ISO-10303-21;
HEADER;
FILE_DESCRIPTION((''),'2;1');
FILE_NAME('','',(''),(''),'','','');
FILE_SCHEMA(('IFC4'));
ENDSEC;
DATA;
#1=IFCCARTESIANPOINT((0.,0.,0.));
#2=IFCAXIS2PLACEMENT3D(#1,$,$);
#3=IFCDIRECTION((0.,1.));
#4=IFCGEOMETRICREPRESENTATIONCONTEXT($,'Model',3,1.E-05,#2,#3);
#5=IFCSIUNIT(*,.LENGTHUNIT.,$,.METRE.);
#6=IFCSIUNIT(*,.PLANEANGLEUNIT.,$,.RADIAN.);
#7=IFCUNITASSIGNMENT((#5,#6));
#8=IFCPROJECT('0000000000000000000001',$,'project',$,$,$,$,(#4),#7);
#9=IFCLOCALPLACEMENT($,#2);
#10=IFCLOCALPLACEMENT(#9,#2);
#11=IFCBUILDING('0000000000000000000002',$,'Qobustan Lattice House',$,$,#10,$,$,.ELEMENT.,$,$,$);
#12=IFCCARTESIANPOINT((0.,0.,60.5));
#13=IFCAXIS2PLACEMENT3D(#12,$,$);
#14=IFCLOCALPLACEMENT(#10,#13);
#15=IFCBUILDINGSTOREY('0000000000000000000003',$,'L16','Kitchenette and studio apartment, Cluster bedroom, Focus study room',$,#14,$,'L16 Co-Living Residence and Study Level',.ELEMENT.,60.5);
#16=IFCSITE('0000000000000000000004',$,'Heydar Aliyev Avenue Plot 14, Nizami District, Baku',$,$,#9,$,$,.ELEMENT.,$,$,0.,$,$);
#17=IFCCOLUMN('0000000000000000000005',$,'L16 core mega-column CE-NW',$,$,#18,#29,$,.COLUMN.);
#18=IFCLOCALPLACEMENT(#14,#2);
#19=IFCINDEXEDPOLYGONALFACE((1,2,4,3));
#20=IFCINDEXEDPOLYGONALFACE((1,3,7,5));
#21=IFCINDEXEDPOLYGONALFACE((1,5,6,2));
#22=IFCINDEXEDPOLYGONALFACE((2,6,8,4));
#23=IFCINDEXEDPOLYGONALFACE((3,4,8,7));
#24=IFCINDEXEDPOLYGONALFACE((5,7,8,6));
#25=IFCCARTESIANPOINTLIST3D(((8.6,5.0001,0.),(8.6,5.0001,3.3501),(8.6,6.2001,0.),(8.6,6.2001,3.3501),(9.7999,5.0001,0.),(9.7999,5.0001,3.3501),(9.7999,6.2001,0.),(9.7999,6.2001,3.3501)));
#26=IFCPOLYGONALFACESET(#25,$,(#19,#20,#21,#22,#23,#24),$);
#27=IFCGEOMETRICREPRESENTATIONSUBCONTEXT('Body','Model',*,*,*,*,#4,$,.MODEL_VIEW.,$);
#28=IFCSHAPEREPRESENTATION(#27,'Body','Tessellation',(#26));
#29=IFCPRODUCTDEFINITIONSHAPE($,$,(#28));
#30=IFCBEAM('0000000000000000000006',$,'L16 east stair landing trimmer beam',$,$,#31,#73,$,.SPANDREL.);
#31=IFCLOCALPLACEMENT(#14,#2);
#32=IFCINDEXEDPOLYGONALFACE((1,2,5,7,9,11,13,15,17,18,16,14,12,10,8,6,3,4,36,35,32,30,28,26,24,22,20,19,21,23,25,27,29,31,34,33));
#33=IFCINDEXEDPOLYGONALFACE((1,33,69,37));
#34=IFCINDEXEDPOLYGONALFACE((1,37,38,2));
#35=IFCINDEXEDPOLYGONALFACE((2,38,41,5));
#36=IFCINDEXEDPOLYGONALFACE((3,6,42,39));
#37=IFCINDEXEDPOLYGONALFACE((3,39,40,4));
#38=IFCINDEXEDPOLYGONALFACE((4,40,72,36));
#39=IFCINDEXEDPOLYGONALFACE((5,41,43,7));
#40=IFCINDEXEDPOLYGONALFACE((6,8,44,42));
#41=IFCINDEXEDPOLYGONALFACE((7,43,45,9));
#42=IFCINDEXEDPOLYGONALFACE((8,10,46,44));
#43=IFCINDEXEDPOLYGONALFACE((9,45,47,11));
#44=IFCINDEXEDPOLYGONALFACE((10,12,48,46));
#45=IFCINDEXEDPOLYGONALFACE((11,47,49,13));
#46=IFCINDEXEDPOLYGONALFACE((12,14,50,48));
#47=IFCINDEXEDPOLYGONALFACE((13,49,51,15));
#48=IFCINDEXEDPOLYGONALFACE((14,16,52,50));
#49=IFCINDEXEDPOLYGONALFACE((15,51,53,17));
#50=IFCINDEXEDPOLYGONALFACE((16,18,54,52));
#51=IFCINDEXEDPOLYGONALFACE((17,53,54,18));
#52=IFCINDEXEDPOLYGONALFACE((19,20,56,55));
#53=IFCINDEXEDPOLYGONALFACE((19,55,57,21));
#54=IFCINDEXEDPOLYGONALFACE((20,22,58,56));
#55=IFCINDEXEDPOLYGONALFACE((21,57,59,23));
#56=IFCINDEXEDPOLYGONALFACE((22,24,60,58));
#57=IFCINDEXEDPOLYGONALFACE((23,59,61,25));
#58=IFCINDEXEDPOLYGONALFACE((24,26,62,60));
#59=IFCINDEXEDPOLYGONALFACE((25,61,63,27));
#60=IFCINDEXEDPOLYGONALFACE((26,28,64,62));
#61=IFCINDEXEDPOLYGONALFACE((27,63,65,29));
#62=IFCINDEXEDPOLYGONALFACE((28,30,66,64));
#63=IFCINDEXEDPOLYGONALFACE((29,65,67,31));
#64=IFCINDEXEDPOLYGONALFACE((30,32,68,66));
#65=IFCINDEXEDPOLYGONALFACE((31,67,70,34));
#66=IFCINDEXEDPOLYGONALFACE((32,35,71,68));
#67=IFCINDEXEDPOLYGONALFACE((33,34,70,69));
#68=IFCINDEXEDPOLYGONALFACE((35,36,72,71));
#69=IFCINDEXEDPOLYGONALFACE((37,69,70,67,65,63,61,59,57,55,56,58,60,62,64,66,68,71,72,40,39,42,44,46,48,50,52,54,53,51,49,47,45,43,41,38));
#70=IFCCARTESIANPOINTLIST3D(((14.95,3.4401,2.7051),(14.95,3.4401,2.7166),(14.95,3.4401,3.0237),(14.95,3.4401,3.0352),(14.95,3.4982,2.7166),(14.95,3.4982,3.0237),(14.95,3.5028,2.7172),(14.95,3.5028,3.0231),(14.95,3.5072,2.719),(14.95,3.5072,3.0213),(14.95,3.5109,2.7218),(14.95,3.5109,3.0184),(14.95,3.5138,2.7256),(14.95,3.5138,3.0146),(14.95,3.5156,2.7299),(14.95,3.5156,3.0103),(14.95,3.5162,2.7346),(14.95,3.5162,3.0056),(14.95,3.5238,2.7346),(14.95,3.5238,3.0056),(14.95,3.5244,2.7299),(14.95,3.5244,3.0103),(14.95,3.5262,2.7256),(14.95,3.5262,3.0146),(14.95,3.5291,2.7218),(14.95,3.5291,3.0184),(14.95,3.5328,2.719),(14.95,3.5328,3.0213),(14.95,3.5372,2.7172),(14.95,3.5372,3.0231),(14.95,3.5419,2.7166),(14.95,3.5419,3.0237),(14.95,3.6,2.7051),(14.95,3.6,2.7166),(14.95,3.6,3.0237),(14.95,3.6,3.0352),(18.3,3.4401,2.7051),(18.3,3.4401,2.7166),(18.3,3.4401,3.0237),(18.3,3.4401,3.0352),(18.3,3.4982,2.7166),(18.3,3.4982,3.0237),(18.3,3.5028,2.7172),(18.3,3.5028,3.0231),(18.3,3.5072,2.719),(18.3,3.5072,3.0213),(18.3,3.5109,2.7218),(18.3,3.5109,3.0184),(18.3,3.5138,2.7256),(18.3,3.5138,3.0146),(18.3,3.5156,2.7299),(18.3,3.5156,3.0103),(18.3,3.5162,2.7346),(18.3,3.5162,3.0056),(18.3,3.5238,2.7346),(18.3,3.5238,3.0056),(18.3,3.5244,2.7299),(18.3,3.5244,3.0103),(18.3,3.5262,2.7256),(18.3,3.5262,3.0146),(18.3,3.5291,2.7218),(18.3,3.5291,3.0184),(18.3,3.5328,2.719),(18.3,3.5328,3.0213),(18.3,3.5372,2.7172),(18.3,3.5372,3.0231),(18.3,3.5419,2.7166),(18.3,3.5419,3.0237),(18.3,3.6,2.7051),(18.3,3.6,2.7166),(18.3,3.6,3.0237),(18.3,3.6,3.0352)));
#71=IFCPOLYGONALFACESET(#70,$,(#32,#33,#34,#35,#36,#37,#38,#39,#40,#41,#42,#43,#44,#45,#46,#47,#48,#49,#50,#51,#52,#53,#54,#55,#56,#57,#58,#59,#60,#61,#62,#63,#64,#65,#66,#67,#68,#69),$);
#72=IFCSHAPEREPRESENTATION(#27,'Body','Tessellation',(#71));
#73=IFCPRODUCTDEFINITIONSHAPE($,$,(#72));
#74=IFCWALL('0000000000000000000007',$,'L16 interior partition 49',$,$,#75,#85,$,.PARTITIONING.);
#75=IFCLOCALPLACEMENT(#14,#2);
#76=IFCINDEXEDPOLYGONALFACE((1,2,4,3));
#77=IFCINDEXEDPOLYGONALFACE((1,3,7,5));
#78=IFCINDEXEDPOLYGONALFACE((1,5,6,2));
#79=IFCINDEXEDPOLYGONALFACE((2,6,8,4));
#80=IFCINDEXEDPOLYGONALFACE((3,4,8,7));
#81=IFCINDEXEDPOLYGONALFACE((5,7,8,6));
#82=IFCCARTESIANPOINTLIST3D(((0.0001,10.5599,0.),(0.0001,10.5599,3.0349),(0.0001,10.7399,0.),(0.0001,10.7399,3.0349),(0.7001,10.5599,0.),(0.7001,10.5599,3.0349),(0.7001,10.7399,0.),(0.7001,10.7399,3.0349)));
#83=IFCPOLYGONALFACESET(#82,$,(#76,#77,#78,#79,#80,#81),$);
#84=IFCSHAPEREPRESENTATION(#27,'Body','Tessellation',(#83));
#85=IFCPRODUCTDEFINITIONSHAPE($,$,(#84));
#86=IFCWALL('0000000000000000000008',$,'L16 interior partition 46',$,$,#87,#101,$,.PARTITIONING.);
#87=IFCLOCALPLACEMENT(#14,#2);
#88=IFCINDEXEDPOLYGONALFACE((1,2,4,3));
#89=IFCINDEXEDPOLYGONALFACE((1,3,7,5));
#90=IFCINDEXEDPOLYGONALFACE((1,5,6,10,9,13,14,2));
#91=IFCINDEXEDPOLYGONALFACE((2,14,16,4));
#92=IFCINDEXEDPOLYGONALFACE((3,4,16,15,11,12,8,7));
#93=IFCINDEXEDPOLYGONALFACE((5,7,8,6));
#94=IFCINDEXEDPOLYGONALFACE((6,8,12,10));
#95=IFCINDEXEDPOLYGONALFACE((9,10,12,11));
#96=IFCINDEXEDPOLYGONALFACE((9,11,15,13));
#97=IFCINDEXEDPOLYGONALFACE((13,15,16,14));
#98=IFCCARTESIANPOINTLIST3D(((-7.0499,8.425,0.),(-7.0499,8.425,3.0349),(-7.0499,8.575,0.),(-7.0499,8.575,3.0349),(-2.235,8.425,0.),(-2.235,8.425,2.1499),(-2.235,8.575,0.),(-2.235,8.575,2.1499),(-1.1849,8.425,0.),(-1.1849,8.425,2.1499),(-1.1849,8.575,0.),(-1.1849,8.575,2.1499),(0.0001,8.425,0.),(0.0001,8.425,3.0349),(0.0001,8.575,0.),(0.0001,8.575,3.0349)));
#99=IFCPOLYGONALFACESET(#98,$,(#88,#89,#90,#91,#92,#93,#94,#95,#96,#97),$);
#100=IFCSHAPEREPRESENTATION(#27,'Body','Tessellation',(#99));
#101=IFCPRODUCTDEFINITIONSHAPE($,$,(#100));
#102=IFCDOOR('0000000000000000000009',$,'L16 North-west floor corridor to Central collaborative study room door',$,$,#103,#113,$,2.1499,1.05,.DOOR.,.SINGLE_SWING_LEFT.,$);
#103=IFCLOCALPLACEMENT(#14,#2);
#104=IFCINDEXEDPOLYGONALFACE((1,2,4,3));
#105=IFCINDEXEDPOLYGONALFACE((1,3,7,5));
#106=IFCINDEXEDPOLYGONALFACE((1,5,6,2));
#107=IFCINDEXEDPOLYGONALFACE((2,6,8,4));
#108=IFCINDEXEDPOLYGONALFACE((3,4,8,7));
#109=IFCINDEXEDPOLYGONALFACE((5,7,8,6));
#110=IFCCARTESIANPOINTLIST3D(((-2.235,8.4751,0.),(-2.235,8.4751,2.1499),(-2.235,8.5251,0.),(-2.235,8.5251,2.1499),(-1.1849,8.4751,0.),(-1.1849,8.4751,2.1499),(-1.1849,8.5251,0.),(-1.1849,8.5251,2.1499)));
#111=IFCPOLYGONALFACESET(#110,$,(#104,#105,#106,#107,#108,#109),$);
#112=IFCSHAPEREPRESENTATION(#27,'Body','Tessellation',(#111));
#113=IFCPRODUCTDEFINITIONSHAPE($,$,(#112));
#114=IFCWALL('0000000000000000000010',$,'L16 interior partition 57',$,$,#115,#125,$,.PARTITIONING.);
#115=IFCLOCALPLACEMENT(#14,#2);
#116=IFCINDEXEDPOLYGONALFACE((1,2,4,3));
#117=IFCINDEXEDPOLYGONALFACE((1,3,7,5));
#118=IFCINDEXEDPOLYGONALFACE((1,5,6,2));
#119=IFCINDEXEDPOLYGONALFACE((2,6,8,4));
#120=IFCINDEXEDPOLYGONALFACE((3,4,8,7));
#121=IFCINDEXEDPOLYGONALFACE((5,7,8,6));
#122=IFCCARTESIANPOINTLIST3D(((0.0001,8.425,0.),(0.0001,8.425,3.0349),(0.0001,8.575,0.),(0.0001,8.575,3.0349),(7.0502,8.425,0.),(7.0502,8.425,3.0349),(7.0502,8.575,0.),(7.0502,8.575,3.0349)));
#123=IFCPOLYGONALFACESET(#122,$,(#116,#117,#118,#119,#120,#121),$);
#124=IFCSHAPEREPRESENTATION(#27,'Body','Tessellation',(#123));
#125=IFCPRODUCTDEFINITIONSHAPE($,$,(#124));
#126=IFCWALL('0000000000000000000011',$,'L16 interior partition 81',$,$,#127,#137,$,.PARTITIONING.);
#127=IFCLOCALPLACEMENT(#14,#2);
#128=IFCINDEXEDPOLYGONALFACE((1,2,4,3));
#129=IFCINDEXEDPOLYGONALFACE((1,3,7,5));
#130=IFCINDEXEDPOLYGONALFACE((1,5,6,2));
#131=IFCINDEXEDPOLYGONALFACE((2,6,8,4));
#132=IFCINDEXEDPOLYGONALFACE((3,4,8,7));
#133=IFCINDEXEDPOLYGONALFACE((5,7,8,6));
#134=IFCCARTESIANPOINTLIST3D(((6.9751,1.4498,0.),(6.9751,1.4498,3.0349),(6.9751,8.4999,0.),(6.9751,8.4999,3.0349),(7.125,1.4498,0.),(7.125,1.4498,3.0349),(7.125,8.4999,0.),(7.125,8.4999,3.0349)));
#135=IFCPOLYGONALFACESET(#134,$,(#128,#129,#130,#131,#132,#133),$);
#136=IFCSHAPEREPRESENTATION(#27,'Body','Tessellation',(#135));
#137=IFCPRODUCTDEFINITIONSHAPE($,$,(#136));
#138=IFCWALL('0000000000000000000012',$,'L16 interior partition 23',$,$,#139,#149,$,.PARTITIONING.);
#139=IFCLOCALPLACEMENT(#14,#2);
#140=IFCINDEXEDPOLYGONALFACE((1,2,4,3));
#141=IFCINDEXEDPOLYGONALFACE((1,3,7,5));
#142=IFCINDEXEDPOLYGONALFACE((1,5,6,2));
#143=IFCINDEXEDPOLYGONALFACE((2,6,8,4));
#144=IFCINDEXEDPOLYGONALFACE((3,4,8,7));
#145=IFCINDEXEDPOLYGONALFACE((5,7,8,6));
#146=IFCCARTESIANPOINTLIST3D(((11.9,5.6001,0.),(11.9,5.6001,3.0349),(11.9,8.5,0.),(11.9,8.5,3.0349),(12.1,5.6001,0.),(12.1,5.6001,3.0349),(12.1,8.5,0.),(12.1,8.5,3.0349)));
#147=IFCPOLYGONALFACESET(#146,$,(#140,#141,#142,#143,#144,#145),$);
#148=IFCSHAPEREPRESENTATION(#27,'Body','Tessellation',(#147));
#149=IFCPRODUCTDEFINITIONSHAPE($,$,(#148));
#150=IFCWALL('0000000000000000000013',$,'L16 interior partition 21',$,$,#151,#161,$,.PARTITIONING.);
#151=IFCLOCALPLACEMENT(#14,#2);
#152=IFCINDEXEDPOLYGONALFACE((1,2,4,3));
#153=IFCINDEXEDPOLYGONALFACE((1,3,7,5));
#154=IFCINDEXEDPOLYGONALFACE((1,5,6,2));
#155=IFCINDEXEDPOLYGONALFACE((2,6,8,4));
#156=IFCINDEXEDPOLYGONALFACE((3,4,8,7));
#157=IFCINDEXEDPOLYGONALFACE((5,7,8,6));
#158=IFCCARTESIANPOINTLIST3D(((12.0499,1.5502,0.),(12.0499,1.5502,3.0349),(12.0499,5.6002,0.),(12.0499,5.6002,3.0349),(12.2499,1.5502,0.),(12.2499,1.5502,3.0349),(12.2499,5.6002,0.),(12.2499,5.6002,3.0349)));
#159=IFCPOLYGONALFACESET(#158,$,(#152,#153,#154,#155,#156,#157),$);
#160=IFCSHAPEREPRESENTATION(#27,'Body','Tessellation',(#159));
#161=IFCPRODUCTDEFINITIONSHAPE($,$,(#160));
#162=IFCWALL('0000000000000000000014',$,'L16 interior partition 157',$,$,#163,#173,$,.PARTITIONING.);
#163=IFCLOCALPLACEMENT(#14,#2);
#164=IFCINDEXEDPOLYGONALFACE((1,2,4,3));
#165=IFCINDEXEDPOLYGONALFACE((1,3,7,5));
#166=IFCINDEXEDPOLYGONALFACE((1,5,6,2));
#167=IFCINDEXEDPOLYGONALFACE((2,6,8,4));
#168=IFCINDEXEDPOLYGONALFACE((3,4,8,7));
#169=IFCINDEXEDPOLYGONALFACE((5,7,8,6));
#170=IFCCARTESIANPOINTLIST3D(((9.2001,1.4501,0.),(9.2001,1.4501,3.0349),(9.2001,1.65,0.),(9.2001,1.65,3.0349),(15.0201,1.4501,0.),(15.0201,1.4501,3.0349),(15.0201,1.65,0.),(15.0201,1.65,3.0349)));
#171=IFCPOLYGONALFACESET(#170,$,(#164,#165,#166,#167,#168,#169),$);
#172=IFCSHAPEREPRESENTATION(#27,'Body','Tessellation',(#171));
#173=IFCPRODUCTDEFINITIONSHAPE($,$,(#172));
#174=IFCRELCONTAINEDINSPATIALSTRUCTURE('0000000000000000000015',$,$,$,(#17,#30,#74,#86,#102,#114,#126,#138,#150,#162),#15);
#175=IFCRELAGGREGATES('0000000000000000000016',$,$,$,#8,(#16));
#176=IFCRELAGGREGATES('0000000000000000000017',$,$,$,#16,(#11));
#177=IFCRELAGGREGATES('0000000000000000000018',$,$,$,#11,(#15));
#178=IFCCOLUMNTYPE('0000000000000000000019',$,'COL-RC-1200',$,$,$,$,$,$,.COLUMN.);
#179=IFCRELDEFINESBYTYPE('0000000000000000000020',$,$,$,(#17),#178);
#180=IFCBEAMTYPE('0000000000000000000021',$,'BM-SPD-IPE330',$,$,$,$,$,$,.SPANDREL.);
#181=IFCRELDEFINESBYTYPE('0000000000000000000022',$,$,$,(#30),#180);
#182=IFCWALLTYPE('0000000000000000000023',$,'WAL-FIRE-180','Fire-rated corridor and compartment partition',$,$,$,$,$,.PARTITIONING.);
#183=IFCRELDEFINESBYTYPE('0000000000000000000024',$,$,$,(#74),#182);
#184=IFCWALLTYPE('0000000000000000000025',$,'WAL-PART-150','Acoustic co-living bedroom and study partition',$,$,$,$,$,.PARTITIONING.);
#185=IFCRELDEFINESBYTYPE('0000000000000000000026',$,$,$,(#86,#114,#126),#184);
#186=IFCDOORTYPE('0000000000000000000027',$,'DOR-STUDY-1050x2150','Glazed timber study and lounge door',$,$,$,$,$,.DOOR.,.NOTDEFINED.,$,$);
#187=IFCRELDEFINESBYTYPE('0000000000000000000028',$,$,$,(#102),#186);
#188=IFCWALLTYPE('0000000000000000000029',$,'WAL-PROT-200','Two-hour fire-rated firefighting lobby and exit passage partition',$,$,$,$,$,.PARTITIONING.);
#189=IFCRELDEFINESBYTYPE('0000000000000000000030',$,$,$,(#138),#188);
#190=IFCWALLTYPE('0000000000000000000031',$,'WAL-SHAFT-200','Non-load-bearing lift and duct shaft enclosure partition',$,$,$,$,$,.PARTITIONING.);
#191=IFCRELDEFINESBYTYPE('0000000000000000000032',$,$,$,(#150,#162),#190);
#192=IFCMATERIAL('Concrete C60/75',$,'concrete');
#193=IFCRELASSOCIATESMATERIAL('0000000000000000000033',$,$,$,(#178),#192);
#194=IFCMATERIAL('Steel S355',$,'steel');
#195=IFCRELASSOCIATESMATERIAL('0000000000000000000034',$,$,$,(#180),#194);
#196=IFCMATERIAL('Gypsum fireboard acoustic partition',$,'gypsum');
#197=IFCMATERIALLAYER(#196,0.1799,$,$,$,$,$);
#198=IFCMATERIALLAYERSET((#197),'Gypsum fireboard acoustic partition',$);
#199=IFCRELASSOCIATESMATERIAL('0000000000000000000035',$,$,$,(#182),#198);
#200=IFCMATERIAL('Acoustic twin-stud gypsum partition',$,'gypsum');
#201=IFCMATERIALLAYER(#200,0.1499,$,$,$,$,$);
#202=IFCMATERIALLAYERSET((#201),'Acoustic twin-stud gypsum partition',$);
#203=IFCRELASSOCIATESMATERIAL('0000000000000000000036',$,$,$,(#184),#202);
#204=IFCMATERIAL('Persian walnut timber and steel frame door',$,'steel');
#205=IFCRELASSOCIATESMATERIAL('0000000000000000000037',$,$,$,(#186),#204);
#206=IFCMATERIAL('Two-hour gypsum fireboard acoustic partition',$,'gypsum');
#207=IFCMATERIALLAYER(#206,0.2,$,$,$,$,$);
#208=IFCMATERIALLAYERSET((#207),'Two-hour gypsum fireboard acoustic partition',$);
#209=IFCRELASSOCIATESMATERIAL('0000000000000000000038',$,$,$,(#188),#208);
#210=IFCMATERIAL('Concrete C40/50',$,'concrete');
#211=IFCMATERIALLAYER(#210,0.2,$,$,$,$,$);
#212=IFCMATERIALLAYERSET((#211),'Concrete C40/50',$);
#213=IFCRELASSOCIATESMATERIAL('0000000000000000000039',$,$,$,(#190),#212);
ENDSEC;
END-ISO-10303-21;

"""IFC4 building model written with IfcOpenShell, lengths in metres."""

from ifc_helpers import new_model, si_unit, direction, frame, frame_2d, origin, origin_2d, place, context, subcontext, project, spatial, rectangle, i_section, extrude, material, layer, layer_set, material_profile, profile_set, type_object, element, fill, save


model = new_model("IFC4")

# Units and contexts
model_context = context("Model", 3, precision=1e-05, world=origin(), true_north=direction((0.0, 1.0)))
body_context = subcontext(model_context, "Body", "Model", "MODEL_VIEW")
ifc_project = project(units=[si_unit("LENGTHUNIT", "METRE"), si_unit("PLANEANGLEUNIT", "RADIAN")], contexts=[model_context])

# Site, building, storey
site_placement = place(None, origin())
site = spatial("IfcSite", under=ifc_project, at=site_placement, Name="Heydar Aliyev Avenue Plot 14, Nizami District, Baku", CompositionType="ELEMENT", RefElevation=0.0)
building_placement = place(site_placement, origin())
building = spatial("IfcBuilding", under=site, at=building_placement, Name="Qobustan Lattice House", CompositionType="ELEMENT")
storey_placement = place(building_placement, frame((0.0, 0.0, 60.5)))
storey = spatial("IfcBuildingStorey", under=building, at=storey_placement, Name="L16", Description="Kitchenette and studio apartment, Cluster bedroom, Focus study room", LongName="L16 Co-Living Residence and Study Level", CompositionType="ELEMENT", Elevation=60.5)

# Column
ifc_material_1 = material(Name="Concrete C60/75", Category="concrete")
ifc_material_profile_1 = material_profile(ifc_material_1, rectangle(XDim=1.2, YDim=1.2, at=origin_2d()), Name="RC1200x1200")
ifc_profile_set_1 = profile_set([ifc_material_profile_1], Name="Concrete C60/75")
column_type = type_object("IfcColumnType", Name="COL-RC-1200", PredefinedType="COLUMN", material=ifc_profile_set_1)
column_placement = place(storey_placement, frame((9.2, 5.6001, 0.0), z_axis=(0.0, 0.0, 1.0), x_axis=(1.0, 0.0, 0.0)))
element("IfcColumn", 1, at=column_placement, inside=storey, type_object=column_type, Name="L16 core mega-column CE-NW", PredefinedType="COLUMN", context=body_context, shape_type="SweptSolid", body=[
    extrude(rectangle(XDim=1.2, YDim=1.2, at=origin_2d()), origin(), (0.0, 0.0, 1.0), 3.3501),
])

# Beam
ifc_material_2 = material(Name="Steel S355", Category="steel")
ifc_material_profile_2 = material_profile(ifc_material_2, i_section(OverallWidth=0.1599, OverallDepth=0.3301, WebThickness=0.0076, FlangeThickness=0.0115, FilletRadius=0.0181, at=origin_2d()), Name="IPE330")
ifc_profile_set_2 = profile_set([ifc_material_profile_2], Name="Steel S355")
beam_type = type_object("IfcBeamType", Name="BM-SPD-IPE330", PredefinedType="SPANDREL", material=ifc_profile_set_2)
beam_placement = place(storey_placement, frame((14.95, 3.52, 2.8701), z_axis=(1.0, 0.0, 0.0), x_axis=(0.0, 1.0, 0.0)))
element("IfcBeam", 2, at=beam_placement, inside=storey, type_object=beam_type, Name="L16 east stair landing trimmer beam", PredefinedType="SPANDREL", context=body_context, shape_type="SweptSolid", body=[
    extrude(i_section(OverallWidth=0.1599, OverallDepth=0.3301, WebThickness=0.0076, FlangeThickness=0.0115, FilletRadius=0.0181, at=origin_2d()), origin(), (0.0, 0.0, 1.0), 3.3501),
])

# Wall
ifc_material_3 = material(Name="Gypsum fireboard acoustic partition", Category="gypsum")
ifc_layer_1 = layer(ifc_material_3, 0.1799)
ifc_layer_set_1 = layer_set([ifc_layer_1], Name="Gypsum fireboard acoustic partition")
wall_type_1 = type_object("IfcWallType", Name="WAL-FIRE-180", Description="Fire-rated corridor and compartment partition", PredefinedType="PARTITIONING", material=ifc_layer_set_1)
wall_1_placement = place(storey_placement, frame((0.0, 10.6499, 0.0), z_axis=(0.0, 0.0, 1.0), x_axis=(1.0, 0.0, 0.0)))
element("IfcWall", 3, at=wall_1_placement, inside=storey, type_object=wall_type_1, Name="L16 interior partition 49", PredefinedType="PARTITIONING", context=body_context, shape_type="SweptSolid", body=[
    extrude(rectangle(XDim=0.7, YDim=0.1799, at=frame_2d((0.3501, 0.0))), origin(), (0.0, 0.0, 1.0), 3.0349),
])

# Wall, opening, door
ifc_material_4 = material(Name="Acoustic twin-stud gypsum partition", Category="gypsum")
ifc_layer_2 = layer(ifc_material_4, 0.1499)
ifc_layer_set_2 = layer_set([ifc_layer_2], Name="Acoustic twin-stud gypsum partition")
wall_type_2 = type_object("IfcWallType", Name="WAL-PART-150", Description="Acoustic co-living bedroom and study partition", PredefinedType="PARTITIONING", material=ifc_layer_set_2)
wall_2_placement = place(storey_placement, frame((0.0, 8.5, 0.0), z_axis=(0.0, 0.0, 1.0), x_axis=(-1.0, 0.0, 0.0)))
wall_2 = element("IfcWall", 4, at=wall_2_placement, inside=storey, type_object=wall_type_2, Name="L16 interior partition 46", PredefinedType="PARTITIONING", context=body_context, shape_type="SweptSolid", body=[
    extrude(rectangle(XDim=7.05, YDim=0.1499, at=frame_2d((3.5249, 0.0))), origin(), (0.0, 0.0, 1.0), 3.0349),
])
opening_1_placement = place(wall_2_placement, frame((1.1851, 0.0, 0.0)))
opening_1 = element("IfcOpeningElement", 5, at=opening_1_placement, cuts=wall_2, PredefinedType="OPENING", context=body_context, shape_type="SweptSolid", body=[
    extrude(rectangle(XDim=1.05, YDim=2.1499, at=frame_2d((0.5249, 1.075))), frame((0.0, 0.085, 0.0), z_axis=(0.0, -1.0, 0.0), x_axis=(1.0, 0.0, 0.0)), (0.0, 0.0, 1.0), 0.1699),
])
ifc_material_5 = material(Name="Persian walnut timber and steel frame door", Category="steel")
door_type_1 = type_object("IfcDoorType", Name="DOR-STUDY-1050x2150", Description="Glazed timber study and lounge door", OperationType="NOTDEFINED", PredefinedType="DOOR", material=ifc_material_5)
door_1_placement = place(opening_1_placement, origin())
door_1 = element("IfcDoor", 6, at=door_1_placement, inside=storey, type_object=door_type_1, Name="L16 North-west floor corridor to Central collaborative study room door", OperationType="SINGLE_SWING_LEFT", OverallHeight=2.1499, OverallWidth=1.05, PredefinedType="DOOR", context=body_context, shape_type="SweptSolid", body=[
    extrude(rectangle(XDim=1.05, YDim=2.1499, at=frame_2d((0.5249, 1.075))), frame((0.0, 0.0249, 0.0), z_axis=(0.0, -1.0, 0.0), x_axis=(1.0, 0.0, 0.0)), (0.0, 0.0, 1.0), 0.05),
])
fill(opening_1, door_1)

# Walls
for number, where, z_axis, x_axis, name in (
    (7, (7.05, 8.5, 0.0), (0.0, 0.0, 1.0), (-1.0, 0.0, 0.0), "L16 interior partition 57"),
    (8, (7.05, 1.45, 0.0), (0.0, 0.0, 1.0), (0.0, 1.0, 0.0), "L16 interior partition 81"),
):
    element("IfcWall", number, at=place(storey_placement, frame(where, z_axis=z_axis, x_axis=x_axis)), inside=storey, type_object=wall_type_2, Name=name, PredefinedType="PARTITIONING", context=body_context, shape_type="SweptSolid", body=[
        extrude(rectangle(XDim=7.05, YDim=0.1499, at=frame_2d((3.5249, 0.0))), origin(), (0.0, 0.0, 1.0), 3.0349),
    ])
ifc_material_6 = material(Name="Two-hour gypsum fireboard acoustic partition", Category="gypsum")
ifc_layer_3 = layer(ifc_material_6, 0.2)
ifc_layer_set_3 = layer_set([ifc_layer_3], Name="Two-hour gypsum fireboard acoustic partition")
wall_type_3 = type_object("IfcWallType", Name="WAL-PROT-200", Description="Two-hour fire-rated firefighting lobby and exit passage partition", PredefinedType="PARTITIONING", material=ifc_layer_set_3)
wall_3_placement = place(storey_placement, frame((12.0, 8.5, 0.0), z_axis=(0.0, 0.0, 1.0), x_axis=(0.0, -1.0, 0.0)))
element("IfcWall", 9, at=wall_3_placement, inside=storey, type_object=wall_type_3, Name="L16 interior partition 23", PredefinedType="PARTITIONING", context=body_context, shape_type="SweptSolid", body=[
    extrude(rectangle(XDim=2.8999, YDim=0.2, at=frame_2d((1.45, 0.0))), origin(), (0.0, 0.0, 1.0), 3.0349),
])
ifc_material_7 = material(Name="Concrete C40/50", Category="concrete")
ifc_layer_4 = layer(ifc_material_7, 0.2)
ifc_layer_set_4 = layer_set([ifc_layer_4], Name="Concrete C40/50")
wall_type_4 = type_object("IfcWallType", Name="WAL-SHAFT-200", Description="Non-load-bearing lift and duct shaft enclosure partition", PredefinedType="PARTITIONING", material=ifc_layer_set_4)
wall_4_placement = place(storey_placement, frame((12.1499, 5.6001, 0.0), z_axis=(0.0, 0.0, 1.0), x_axis=(0.0, -1.0, 0.0)))
element("IfcWall", 10, at=wall_4_placement, inside=storey, type_object=wall_type_4, Name="L16 interior partition 21", PredefinedType="PARTITIONING", context=body_context, shape_type="SweptSolid", body=[
    extrude(rectangle(XDim=4.05, YDim=0.2, at=frame_2d((2.0249, 0.0))), origin(), (0.0, 0.0, 1.0), 3.0349),
])
wall_5_placement = place(storey_placement, frame((9.2, 1.55, 0.0), z_axis=(0.0, 0.0, 1.0), x_axis=(1.0, 0.0, 0.0)))
element("IfcWall", 11, at=wall_5_placement, inside=storey, type_object=wall_type_4, Name="L16 interior partition 157", PredefinedType="PARTITIONING", context=body_context, shape_type="SweptSolid", body=[
    extrude(rectangle(XDim=5.8201, YDim=0.2, at=frame_2d((2.9102, 0.0))), origin(), (0.0, 0.0, 1.0), 3.0349),
])

save(model, "model.ifc")
